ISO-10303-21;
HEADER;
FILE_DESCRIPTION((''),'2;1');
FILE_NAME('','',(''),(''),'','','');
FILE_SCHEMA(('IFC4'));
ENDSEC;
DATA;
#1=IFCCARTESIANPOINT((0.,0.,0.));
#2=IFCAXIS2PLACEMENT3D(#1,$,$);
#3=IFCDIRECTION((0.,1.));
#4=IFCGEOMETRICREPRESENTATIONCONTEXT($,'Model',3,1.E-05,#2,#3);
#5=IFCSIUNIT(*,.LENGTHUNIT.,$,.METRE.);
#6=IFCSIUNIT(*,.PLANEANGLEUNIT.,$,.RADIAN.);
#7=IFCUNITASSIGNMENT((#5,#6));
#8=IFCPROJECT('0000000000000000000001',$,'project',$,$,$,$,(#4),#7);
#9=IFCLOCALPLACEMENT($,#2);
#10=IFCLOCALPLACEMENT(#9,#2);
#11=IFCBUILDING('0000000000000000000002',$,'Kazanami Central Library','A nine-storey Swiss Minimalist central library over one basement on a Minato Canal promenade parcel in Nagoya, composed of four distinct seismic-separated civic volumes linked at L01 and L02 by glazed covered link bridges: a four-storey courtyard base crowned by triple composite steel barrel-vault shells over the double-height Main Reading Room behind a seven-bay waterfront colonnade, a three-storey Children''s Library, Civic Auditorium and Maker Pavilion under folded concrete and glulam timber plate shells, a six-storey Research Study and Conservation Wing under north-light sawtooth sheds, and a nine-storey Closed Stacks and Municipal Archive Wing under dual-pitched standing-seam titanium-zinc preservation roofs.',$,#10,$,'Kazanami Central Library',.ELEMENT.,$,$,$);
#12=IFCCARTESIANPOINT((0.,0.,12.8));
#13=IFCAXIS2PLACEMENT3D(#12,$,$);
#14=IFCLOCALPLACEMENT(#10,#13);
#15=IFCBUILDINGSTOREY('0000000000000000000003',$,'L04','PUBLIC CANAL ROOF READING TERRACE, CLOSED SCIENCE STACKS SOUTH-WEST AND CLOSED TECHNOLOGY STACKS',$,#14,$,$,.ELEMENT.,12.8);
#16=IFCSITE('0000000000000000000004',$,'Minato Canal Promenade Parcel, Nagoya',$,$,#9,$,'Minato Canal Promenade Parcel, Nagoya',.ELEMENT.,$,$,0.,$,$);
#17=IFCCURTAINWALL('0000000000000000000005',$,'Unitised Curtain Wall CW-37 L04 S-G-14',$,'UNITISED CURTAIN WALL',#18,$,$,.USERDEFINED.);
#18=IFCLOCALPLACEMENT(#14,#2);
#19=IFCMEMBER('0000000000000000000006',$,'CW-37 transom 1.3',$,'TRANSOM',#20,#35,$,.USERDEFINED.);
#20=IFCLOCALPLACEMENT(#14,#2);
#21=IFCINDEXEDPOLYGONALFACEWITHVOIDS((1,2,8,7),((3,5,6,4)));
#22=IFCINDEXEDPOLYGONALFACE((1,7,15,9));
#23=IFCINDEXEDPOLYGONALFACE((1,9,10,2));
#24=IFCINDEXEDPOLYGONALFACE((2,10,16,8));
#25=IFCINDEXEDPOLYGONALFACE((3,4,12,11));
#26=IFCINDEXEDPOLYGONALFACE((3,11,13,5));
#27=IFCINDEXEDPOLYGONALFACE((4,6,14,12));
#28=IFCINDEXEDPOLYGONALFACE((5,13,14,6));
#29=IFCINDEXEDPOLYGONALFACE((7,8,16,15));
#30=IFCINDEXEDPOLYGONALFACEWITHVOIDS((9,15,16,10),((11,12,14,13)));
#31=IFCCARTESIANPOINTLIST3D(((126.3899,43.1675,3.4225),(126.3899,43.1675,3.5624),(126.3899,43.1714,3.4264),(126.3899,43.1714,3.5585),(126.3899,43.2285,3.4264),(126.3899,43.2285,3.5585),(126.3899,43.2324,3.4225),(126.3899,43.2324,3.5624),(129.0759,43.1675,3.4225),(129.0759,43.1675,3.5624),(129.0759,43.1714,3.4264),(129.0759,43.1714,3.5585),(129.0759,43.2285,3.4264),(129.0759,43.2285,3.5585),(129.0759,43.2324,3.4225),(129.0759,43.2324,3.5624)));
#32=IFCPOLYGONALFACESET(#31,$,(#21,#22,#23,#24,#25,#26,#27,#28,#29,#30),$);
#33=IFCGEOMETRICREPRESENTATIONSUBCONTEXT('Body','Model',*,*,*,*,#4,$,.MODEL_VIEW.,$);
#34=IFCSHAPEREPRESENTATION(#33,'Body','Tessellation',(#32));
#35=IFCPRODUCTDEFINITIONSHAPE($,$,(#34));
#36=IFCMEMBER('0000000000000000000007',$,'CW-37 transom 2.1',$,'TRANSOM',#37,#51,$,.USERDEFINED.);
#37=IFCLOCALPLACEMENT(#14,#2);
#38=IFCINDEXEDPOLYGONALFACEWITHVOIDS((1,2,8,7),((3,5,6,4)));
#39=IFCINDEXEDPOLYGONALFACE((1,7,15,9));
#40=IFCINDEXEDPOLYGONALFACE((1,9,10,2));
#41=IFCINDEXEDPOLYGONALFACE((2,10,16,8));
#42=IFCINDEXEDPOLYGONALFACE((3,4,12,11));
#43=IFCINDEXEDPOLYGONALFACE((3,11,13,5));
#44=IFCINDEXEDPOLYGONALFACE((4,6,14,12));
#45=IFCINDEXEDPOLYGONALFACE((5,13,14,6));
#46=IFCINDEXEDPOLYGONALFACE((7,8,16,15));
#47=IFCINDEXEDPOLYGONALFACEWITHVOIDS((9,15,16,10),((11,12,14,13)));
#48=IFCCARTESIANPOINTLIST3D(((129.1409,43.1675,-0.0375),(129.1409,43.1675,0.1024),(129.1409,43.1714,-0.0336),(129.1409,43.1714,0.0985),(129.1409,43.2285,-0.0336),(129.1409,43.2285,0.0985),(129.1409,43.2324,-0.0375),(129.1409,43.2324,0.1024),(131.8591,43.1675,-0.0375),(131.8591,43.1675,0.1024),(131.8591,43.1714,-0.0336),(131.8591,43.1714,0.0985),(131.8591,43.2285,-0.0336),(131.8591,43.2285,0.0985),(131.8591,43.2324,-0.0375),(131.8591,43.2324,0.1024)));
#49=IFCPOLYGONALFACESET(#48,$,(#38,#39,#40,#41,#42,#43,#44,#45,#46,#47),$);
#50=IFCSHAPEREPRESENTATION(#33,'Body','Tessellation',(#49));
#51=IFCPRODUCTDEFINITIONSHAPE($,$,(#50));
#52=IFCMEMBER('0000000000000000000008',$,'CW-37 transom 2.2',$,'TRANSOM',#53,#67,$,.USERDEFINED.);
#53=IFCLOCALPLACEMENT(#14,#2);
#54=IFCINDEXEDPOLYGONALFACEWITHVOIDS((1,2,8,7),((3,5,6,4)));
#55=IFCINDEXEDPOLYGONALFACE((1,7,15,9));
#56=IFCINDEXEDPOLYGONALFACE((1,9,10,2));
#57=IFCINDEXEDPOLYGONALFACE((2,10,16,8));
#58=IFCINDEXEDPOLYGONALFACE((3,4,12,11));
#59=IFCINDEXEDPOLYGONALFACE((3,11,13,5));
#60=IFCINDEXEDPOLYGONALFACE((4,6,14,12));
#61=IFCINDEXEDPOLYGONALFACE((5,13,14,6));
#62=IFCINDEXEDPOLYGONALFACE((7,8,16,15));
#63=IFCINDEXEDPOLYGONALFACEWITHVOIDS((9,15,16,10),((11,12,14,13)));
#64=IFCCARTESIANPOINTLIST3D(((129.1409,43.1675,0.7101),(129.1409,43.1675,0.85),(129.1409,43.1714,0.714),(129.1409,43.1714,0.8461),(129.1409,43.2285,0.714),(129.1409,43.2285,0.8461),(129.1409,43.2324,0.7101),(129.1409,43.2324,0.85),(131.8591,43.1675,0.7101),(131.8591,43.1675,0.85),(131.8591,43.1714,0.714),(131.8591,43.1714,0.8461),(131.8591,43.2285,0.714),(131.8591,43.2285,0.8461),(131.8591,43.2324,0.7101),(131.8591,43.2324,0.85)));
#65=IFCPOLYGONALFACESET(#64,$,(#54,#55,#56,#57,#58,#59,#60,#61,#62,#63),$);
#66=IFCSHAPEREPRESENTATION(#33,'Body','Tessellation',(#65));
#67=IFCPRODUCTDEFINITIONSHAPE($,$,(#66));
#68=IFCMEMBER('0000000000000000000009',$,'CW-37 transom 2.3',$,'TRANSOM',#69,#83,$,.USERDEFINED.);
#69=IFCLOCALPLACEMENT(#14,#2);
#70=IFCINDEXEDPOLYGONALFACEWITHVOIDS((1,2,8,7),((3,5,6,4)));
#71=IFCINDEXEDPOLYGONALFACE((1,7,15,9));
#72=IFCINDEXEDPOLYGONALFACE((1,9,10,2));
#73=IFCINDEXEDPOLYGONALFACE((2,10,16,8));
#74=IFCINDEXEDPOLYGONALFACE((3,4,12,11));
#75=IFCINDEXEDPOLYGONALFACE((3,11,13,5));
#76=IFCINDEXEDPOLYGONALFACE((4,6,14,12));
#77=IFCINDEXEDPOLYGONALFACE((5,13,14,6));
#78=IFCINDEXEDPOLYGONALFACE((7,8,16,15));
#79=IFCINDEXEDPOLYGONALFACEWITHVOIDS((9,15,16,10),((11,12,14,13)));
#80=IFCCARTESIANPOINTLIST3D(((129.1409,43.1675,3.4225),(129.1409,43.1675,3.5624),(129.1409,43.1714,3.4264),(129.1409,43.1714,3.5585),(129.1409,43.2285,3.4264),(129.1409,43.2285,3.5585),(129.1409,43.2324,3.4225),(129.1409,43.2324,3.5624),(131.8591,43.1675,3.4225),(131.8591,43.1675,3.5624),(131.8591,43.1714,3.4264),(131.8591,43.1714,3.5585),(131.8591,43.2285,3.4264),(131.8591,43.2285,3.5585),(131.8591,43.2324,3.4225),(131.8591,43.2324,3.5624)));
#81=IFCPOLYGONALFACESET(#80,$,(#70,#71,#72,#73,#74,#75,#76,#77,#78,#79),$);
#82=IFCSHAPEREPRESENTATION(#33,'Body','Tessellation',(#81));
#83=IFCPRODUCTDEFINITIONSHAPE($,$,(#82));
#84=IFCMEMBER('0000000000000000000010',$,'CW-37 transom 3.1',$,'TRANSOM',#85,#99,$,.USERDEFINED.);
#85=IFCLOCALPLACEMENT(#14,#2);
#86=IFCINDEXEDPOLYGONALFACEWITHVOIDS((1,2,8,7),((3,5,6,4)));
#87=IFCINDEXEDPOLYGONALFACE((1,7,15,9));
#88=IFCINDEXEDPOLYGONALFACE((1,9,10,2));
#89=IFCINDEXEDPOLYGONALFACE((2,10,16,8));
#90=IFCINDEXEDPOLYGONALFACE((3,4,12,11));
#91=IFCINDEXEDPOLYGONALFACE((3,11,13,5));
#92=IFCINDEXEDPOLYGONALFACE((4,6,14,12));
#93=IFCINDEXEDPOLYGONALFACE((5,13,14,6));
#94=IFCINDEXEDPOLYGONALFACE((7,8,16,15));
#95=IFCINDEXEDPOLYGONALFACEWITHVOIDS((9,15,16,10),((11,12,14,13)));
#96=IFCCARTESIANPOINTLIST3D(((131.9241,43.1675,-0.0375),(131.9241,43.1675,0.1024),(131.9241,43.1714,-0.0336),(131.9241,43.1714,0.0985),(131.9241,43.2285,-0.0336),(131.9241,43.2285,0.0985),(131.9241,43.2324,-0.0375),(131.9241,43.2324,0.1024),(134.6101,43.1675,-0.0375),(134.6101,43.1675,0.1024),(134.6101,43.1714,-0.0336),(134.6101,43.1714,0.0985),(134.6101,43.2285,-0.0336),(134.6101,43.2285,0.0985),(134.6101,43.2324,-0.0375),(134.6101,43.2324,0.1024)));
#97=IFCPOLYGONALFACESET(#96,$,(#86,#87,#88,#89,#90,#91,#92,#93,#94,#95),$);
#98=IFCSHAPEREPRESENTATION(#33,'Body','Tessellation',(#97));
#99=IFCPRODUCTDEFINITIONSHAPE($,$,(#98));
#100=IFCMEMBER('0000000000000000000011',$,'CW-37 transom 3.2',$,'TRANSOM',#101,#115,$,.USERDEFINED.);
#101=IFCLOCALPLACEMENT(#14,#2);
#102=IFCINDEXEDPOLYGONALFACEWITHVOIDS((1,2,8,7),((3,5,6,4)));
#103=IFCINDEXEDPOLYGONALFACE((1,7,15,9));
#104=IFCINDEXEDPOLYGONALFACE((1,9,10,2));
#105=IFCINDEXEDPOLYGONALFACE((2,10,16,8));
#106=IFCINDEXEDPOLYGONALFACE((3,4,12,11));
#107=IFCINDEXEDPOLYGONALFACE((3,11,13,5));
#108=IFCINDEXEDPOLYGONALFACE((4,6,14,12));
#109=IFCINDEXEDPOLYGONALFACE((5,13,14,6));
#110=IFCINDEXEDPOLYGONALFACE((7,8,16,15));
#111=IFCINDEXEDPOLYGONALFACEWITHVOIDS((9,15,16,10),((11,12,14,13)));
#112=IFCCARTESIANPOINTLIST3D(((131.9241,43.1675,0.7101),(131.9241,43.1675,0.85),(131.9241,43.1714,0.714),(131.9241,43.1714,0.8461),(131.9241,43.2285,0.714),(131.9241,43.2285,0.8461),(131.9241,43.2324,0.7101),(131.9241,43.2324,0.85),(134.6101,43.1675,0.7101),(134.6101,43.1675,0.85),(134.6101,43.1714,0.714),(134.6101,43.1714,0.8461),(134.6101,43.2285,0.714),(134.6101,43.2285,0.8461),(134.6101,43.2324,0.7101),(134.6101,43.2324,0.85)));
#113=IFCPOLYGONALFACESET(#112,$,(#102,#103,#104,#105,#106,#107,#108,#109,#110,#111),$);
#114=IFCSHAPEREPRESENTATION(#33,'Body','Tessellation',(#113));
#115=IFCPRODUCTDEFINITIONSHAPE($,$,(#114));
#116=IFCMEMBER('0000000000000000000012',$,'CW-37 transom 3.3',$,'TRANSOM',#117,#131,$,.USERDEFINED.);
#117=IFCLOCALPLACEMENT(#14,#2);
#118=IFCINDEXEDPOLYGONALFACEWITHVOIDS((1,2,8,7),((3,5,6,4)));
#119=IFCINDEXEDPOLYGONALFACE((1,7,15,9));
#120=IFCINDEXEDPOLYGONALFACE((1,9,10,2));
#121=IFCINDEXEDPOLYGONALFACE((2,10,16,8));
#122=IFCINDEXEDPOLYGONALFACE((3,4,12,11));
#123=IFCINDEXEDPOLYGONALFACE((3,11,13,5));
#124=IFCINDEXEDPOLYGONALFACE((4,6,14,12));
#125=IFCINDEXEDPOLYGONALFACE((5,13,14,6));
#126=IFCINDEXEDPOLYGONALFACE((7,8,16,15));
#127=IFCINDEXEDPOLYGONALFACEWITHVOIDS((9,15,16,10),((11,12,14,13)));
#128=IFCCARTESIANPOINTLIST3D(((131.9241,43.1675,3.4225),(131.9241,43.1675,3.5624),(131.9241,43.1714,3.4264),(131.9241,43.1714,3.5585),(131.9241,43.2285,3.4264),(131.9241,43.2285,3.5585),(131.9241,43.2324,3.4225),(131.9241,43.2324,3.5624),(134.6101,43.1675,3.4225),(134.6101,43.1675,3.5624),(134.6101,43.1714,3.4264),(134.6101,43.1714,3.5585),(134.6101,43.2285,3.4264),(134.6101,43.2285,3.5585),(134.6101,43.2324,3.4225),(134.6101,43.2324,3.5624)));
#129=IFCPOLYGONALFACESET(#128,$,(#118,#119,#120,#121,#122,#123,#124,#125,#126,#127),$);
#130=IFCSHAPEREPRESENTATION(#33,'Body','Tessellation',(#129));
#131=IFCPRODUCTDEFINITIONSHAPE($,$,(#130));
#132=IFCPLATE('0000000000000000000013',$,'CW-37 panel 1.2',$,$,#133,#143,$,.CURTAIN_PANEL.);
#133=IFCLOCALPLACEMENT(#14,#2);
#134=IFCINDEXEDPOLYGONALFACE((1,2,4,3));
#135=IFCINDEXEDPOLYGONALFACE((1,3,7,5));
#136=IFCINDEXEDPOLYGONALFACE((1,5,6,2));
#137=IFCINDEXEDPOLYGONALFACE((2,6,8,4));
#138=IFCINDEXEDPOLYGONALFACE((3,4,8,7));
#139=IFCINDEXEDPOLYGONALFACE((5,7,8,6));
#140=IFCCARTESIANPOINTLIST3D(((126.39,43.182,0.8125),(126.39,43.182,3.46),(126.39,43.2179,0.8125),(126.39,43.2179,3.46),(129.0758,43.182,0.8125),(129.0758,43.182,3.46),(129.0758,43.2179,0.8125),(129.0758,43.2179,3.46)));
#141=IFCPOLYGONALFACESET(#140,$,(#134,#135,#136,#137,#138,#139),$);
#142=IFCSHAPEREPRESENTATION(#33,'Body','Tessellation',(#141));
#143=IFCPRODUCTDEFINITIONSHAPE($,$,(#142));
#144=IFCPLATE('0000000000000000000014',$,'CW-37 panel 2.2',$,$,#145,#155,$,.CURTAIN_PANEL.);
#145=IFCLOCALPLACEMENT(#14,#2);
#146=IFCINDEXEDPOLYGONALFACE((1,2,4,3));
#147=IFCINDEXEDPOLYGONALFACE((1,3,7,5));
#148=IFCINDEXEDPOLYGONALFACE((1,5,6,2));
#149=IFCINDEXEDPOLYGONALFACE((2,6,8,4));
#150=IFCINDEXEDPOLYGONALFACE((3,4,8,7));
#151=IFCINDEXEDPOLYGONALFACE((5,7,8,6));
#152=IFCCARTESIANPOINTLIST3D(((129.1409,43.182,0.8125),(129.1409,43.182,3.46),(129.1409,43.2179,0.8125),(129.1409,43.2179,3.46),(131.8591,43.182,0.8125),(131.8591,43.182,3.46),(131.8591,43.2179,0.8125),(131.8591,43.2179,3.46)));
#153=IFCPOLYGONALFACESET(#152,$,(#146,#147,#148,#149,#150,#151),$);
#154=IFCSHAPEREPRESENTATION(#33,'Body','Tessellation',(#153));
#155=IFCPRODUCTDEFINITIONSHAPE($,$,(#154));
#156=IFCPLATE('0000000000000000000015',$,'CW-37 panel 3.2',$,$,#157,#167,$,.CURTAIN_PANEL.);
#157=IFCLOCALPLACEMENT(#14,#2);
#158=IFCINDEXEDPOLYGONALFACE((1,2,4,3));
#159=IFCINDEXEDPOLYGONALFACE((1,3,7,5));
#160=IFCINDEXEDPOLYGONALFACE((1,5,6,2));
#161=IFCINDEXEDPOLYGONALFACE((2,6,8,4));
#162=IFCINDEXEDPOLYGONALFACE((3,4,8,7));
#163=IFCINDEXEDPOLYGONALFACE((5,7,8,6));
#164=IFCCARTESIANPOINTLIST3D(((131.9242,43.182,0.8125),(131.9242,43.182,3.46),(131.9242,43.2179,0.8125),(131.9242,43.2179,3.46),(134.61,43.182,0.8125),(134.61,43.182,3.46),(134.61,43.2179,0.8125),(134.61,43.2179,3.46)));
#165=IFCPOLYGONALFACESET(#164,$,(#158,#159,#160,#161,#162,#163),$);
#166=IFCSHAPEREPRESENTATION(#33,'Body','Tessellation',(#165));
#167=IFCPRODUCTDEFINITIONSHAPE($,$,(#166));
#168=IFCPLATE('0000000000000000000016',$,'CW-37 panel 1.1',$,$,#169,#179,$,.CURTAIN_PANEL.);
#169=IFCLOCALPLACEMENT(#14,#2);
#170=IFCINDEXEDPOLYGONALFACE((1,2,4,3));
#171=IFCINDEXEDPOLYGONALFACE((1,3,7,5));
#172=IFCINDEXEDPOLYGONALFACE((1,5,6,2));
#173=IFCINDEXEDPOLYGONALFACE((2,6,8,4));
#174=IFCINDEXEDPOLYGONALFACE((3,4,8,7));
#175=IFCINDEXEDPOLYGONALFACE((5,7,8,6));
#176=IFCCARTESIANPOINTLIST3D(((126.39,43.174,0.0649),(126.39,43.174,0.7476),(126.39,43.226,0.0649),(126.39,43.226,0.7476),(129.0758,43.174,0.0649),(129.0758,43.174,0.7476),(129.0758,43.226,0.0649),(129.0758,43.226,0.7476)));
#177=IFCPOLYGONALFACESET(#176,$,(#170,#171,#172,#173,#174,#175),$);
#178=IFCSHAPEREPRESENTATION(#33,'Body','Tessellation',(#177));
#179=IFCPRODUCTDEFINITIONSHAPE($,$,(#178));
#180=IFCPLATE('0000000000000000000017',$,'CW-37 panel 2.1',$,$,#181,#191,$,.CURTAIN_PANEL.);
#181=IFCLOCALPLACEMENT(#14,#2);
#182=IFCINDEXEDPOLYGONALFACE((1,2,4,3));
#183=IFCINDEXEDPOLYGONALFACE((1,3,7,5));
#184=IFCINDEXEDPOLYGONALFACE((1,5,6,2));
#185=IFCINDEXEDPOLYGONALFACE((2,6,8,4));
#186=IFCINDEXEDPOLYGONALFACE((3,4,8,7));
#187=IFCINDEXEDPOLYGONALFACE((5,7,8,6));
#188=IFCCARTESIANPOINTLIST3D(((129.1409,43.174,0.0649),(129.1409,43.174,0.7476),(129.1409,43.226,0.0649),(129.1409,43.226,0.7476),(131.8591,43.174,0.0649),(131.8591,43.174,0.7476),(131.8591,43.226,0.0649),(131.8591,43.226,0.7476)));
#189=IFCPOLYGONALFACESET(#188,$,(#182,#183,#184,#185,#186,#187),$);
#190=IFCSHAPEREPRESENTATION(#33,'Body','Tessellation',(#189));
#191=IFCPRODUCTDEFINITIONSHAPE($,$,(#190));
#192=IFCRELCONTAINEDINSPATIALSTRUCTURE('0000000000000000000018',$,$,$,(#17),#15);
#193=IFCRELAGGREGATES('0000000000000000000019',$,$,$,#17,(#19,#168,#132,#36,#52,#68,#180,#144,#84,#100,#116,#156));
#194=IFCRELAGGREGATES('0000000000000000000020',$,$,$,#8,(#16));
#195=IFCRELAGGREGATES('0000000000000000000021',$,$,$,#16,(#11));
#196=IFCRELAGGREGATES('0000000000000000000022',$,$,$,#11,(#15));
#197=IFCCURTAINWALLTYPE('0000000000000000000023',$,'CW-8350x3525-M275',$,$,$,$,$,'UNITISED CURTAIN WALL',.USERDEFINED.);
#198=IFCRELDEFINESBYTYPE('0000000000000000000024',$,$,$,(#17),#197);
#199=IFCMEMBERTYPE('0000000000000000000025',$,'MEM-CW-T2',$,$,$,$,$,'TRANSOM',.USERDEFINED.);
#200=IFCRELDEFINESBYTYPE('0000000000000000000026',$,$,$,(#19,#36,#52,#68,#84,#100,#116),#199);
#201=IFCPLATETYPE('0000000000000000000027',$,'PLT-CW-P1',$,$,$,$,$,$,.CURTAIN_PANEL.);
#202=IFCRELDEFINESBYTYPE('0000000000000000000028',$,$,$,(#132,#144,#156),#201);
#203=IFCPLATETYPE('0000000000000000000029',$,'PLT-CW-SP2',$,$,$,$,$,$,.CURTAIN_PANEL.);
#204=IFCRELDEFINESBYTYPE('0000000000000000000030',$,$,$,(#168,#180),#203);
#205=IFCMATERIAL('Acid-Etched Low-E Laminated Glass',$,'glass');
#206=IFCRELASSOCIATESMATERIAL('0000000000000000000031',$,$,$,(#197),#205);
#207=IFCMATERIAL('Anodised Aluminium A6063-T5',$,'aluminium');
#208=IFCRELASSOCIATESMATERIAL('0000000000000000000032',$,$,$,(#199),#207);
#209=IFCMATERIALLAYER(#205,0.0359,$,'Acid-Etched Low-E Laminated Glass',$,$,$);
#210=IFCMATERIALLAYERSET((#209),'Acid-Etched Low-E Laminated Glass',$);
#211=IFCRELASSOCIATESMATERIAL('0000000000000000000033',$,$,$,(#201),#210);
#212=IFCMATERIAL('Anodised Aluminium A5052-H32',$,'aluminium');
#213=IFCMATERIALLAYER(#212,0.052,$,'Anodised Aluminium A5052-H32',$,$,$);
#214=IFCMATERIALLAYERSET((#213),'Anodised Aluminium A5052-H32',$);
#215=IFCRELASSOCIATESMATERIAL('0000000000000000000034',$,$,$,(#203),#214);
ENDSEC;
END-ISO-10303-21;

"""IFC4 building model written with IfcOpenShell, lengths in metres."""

from ifc_helpers import new_model, si_unit, direction, frame, origin, origin_2d, place, context, subcontext, project, spatial, rectangle, hollow_rectangle, extrude, material, layer, layer_set, material_profile, profile_set, type_object, element, aggregate, save


model = new_model("IFC4")

# Units and contexts
model_context = context("Model", 3, precision=1e-05, world=origin(), true_north=direction((0.0, 1.0)))
body_context = subcontext(model_context, "Body", "Model", "MODEL_VIEW")
ifc_project = project(units=[si_unit("LENGTHUNIT", "METRE"), si_unit("PLANEANGLEUNIT", "RADIAN")], contexts=[model_context])

# Site, building, storey
site_placement = place(None, origin())
site = spatial("IfcSite", under=ifc_project, at=site_placement, Name="Minato Canal Promenade Parcel, Nagoya", LongName="Minato Canal Promenade Parcel, Nagoya", CompositionType="ELEMENT", RefElevation=0.0)
building_placement = place(site_placement, origin())
building = spatial("IfcBuilding", under=site, at=building_placement, Name="Kazanami Central Library", Description="A nine-storey Swiss Minimalist central library over one basement on a Minato Canal promenade parcel in Nagoya, composed of four distinct seismic-separated civic volumes linked at L01 and L02 by glazed covered link bridges: a four-storey courtyard base crowned by triple composite steel barrel-vault shells over the double-height Main Reading Room behind a seven-bay waterfront colonnade, a three-storey Children's Library, Civic Auditorium and Maker Pavilion under folded concrete and glulam timber plate shells, a six-storey Research Study and Conservation Wing under north-light sawtooth sheds, and a nine-storey Closed Stacks and Municipal Archive Wing under dual-pitched standing-seam titanium-zinc preservation roofs.", LongName="Kazanami Central Library", CompositionType="ELEMENT")
storey_placement = place(building_placement, frame((0.0, 0.0, 12.8)))
storey = spatial("IfcBuildingStorey", under=building, at=storey_placement, Name="L04", Description="PUBLIC CANAL ROOF READING TERRACE, CLOSED SCIENCE STACKS SOUTH-WEST AND CLOSED TECHNOLOGY STACKS", CompositionType="ELEMENT", Elevation=12.8)

# Curtain wall, members, plates
ifc_material_1 = material(Name="Acid-Etched Low-E Laminated Glass", Category="glass")
curtain_wall_type = type_object("IfcCurtainWallType", Name="CW-8350x3525-M275", ElementType="UNITISED CURTAIN WALL", PredefinedType="USERDEFINED", material=ifc_material_1)
curtain_wall_placement = place(storey_placement, origin())
curtain_wall = element("IfcCurtainWall", 1, at=curtain_wall_placement, inside=storey, type_object=curtain_wall_type, Name="Unitised Curtain Wall CW-37 L04 S-G-14", ObjectType="UNITISED CURTAIN WALL", PredefinedType="USERDEFINED")
ifc_material_2 = material(Name="Anodised Aluminium A6063-T5", Category="aluminium")
ifc_material_profile_1 = material_profile(ifc_material_2, hollow_rectangle(XDim=0.0649, YDim=0.1399, WallThickness=0.0039, at=origin_2d()), Name="ALU-TRAN-65x140x4")
ifc_profile_set_1 = profile_set([ifc_material_profile_1], Name="Anodised Aluminium A6063-T5")
member_type_1 = type_object("IfcMemberType", Name="MEM-CW-T2", ElementType="TRANSOM", PredefinedType="USERDEFINED", material=ifc_profile_set_1)
member_1_placement = place(storey_placement, frame((126.3899, 43.2, 3.4924), z_axis=(1.0, 0.0, 0.0), x_axis=(0.0, 1.0, 0.0)))
member_1 = element("IfcMember", 2, at=member_1_placement, type_object=member_type_1, Name="CW-37 transom 1.3", ObjectType="TRANSOM", PredefinedType="USERDEFINED", context=body_context, shape_type="SweptSolid", body=[
    extrude(hollow_rectangle(XDim=0.0649, YDim=0.1399, WallThickness=0.0039, at=origin_2d()), origin(), (0.0, 0.0, 1.0), 2.686),
])
member_2_placement = place(storey_placement, frame((129.1409, 43.2, 0.0325), z_axis=(1.0, 0.0, 0.0), x_axis=(0.0, 1.0, 0.0)))
member_2 = element("IfcMember", 3, at=member_2_placement, type_object=member_type_1, Name="CW-37 transom 2.1", ObjectType="TRANSOM", PredefinedType="USERDEFINED", context=body_context, shape_type="SweptSolid", body=[
    extrude(hollow_rectangle(XDim=0.0649, YDim=0.1399, WallThickness=0.0039, at=origin_2d()), origin(), (0.0, 0.0, 1.0), 2.7183),
])
member_3_placement = place(storey_placement, frame((129.1409, 43.2, 0.78), z_axis=(1.0, 0.0, 0.0), x_axis=(0.0, 1.0, 0.0)))
member_3 = element("IfcMember", 4, at=member_3_placement, type_object=member_type_1, Name="CW-37 transom 2.2", ObjectType="TRANSOM", PredefinedType="USERDEFINED", context=body_context, shape_type="SweptSolid", body=[
    extrude(hollow_rectangle(XDim=0.0649, YDim=0.1399, WallThickness=0.0039, at=origin_2d()), origin(), (0.0, 0.0, 1.0), 2.7183),
])
member_4_placement = place(storey_placement, frame((129.1409, 43.2, 3.4924), z_axis=(1.0, 0.0, 0.0), x_axis=(0.0, 1.0, 0.0)))
member_4 = element("IfcMember", 5, at=member_4_placement, type_object=member_type_1, Name="CW-37 transom 2.3", ObjectType="TRANSOM", PredefinedType="USERDEFINED", context=body_context, shape_type="SweptSolid", body=[
    extrude(hollow_rectangle(XDim=0.0649, YDim=0.1399, WallThickness=0.0039, at=origin_2d()), origin(), (0.0, 0.0, 1.0), 2.7183),
])
member_5_placement = place(storey_placement, frame((131.9241, 43.2, 0.0325), z_axis=(1.0, 0.0, 0.0), x_axis=(0.0, 1.0, 0.0)))
member_5 = element("IfcMember", 6, at=member_5_placement, type_object=member_type_1, Name="CW-37 transom 3.1", ObjectType="TRANSOM", PredefinedType="USERDEFINED", context=body_context, shape_type="SweptSolid", body=[
    extrude(hollow_rectangle(XDim=0.0649, YDim=0.1399, WallThickness=0.0039, at=origin_2d()), origin(), (0.0, 0.0, 1.0), 2.686),
])
member_6_placement = place(storey_placement, frame((131.9241, 43.2, 0.78), z_axis=(1.0, 0.0, 0.0), x_axis=(0.0, 1.0, 0.0)))
member_6 = element("IfcMember", 7, at=member_6_placement, type_object=member_type_1, Name="CW-37 transom 3.2", ObjectType="TRANSOM", PredefinedType="USERDEFINED", context=body_context, shape_type="SweptSolid", body=[
    extrude(hollow_rectangle(XDim=0.0649, YDim=0.1399, WallThickness=0.0039, at=origin_2d()), origin(), (0.0, 0.0, 1.0), 2.686),
])
member_7_placement = place(storey_placement, frame((131.9241, 43.2, 3.4924), z_axis=(1.0, 0.0, 0.0), x_axis=(0.0, 1.0, 0.0)))
member_7 = element("IfcMember", 8, at=member_7_placement, type_object=member_type_1, Name="CW-37 transom 3.3", ObjectType="TRANSOM", PredefinedType="USERDEFINED", context=body_context, shape_type="SweptSolid", body=[
    extrude(hollow_rectangle(XDim=0.0649, YDim=0.1399, WallThickness=0.0039, at=origin_2d()), origin(), (0.0, 0.0, 1.0), 2.686),
])
ifc_layer_1 = layer(ifc_material_1, 0.0359, Name="Acid-Etched Low-E Laminated Glass")
ifc_layer_set_1 = layer_set([ifc_layer_1], Name="Acid-Etched Low-E Laminated Glass")
plate_type_1 = type_object("IfcPlateType", Name="PLT-CW-P1", PredefinedType="CURTAIN_PANEL", material=ifc_layer_set_1)
plate_1_placement = place(storey_placement, frame((127.7329, 43.2, 0.8125), z_axis=(0.0, 0.0, 1.0), x_axis=(1.0, 0.0, 0.0)))
plate_1 = element("IfcPlate", 9, at=plate_1_placement, type_object=plate_type_1, Name="CW-37 panel 1.2", PredefinedType="CURTAIN_PANEL", context=body_context, shape_type="SweptSolid", body=[
    extrude(rectangle(XDim=2.6858, YDim=0.0359, at=origin_2d()), origin(), (0.0, 0.0, 1.0), 2.6475),
])
plate_2_placement = place(storey_placement, frame((130.5, 43.2, 0.8125), z_axis=(0.0, 0.0, 1.0), x_axis=(1.0, 0.0, 0.0)))
plate_2 = element("IfcPlate", 10, at=plate_2_placement, type_object=plate_type_1, Name="CW-37 panel 2.2", PredefinedType="CURTAIN_PANEL", context=body_context, shape_type="SweptSolid", body=[
    extrude(rectangle(XDim=2.7183, YDim=0.0359, at=origin_2d()), origin(), (0.0, 0.0, 1.0), 2.6475),
])
plate_3_placement = place(storey_placement, frame((133.2671, 43.2, 0.8125), z_axis=(0.0, 0.0, 1.0), x_axis=(1.0, 0.0, 0.0)))
plate_3 = element("IfcPlate", 11, at=plate_3_placement, type_object=plate_type_1, Name="CW-37 panel 3.2", PredefinedType="CURTAIN_PANEL", context=body_context, shape_type="SweptSolid", body=[
    extrude(rectangle(XDim=2.6858, YDim=0.0359, at=origin_2d()), origin(), (0.0, 0.0, 1.0), 2.6475),
])
ifc_material_3 = material(Name="Anodised Aluminium A5052-H32", Category="aluminium")
ifc_layer_2 = layer(ifc_material_3, 0.052, Name="Anodised Aluminium A5052-H32")
ifc_layer_set_2 = layer_set([ifc_layer_2], Name="Anodised Aluminium A5052-H32")
plate_type_2 = type_object("IfcPlateType", Name="PLT-CW-SP2", PredefinedType="CURTAIN_PANEL", material=ifc_layer_set_2)
plate_4_placement = place(storey_placement, frame((127.7329, 43.2, 0.0649), z_axis=(0.0, 0.0, 1.0), x_axis=(1.0, 0.0, 0.0)))
plate_4 = element("IfcPlate", 12, at=plate_4_placement, type_object=plate_type_2, Name="CW-37 panel 1.1", PredefinedType="CURTAIN_PANEL", context=body_context, shape_type="SweptSolid", body=[
    extrude(rectangle(XDim=2.6858, YDim=0.052, at=origin_2d()), origin(), (0.0, 0.0, 1.0), 0.6826),
])
plate_5_placement = place(storey_placement, frame((130.5, 43.2, 0.0649), z_axis=(0.0, 0.0, 1.0), x_axis=(1.0, 0.0, 0.0)))
plate_5 = element("IfcPlate", 13, at=plate_5_placement, type_object=plate_type_2, Name="CW-37 panel 2.1", PredefinedType="CURTAIN_PANEL", context=body_context, shape_type="SweptSolid", body=[
    extrude(rectangle(XDim=2.7183, YDim=0.052, at=origin_2d()), origin(), (0.0, 0.0, 1.0), 0.6826),
])
aggregate(curtain_wall, [member_1, plate_4, plate_1, member_2, member_3, member_4, plate_5, plate_2, member_5, member_6, member_7, plate_3])

save(model, "model.ifc")
